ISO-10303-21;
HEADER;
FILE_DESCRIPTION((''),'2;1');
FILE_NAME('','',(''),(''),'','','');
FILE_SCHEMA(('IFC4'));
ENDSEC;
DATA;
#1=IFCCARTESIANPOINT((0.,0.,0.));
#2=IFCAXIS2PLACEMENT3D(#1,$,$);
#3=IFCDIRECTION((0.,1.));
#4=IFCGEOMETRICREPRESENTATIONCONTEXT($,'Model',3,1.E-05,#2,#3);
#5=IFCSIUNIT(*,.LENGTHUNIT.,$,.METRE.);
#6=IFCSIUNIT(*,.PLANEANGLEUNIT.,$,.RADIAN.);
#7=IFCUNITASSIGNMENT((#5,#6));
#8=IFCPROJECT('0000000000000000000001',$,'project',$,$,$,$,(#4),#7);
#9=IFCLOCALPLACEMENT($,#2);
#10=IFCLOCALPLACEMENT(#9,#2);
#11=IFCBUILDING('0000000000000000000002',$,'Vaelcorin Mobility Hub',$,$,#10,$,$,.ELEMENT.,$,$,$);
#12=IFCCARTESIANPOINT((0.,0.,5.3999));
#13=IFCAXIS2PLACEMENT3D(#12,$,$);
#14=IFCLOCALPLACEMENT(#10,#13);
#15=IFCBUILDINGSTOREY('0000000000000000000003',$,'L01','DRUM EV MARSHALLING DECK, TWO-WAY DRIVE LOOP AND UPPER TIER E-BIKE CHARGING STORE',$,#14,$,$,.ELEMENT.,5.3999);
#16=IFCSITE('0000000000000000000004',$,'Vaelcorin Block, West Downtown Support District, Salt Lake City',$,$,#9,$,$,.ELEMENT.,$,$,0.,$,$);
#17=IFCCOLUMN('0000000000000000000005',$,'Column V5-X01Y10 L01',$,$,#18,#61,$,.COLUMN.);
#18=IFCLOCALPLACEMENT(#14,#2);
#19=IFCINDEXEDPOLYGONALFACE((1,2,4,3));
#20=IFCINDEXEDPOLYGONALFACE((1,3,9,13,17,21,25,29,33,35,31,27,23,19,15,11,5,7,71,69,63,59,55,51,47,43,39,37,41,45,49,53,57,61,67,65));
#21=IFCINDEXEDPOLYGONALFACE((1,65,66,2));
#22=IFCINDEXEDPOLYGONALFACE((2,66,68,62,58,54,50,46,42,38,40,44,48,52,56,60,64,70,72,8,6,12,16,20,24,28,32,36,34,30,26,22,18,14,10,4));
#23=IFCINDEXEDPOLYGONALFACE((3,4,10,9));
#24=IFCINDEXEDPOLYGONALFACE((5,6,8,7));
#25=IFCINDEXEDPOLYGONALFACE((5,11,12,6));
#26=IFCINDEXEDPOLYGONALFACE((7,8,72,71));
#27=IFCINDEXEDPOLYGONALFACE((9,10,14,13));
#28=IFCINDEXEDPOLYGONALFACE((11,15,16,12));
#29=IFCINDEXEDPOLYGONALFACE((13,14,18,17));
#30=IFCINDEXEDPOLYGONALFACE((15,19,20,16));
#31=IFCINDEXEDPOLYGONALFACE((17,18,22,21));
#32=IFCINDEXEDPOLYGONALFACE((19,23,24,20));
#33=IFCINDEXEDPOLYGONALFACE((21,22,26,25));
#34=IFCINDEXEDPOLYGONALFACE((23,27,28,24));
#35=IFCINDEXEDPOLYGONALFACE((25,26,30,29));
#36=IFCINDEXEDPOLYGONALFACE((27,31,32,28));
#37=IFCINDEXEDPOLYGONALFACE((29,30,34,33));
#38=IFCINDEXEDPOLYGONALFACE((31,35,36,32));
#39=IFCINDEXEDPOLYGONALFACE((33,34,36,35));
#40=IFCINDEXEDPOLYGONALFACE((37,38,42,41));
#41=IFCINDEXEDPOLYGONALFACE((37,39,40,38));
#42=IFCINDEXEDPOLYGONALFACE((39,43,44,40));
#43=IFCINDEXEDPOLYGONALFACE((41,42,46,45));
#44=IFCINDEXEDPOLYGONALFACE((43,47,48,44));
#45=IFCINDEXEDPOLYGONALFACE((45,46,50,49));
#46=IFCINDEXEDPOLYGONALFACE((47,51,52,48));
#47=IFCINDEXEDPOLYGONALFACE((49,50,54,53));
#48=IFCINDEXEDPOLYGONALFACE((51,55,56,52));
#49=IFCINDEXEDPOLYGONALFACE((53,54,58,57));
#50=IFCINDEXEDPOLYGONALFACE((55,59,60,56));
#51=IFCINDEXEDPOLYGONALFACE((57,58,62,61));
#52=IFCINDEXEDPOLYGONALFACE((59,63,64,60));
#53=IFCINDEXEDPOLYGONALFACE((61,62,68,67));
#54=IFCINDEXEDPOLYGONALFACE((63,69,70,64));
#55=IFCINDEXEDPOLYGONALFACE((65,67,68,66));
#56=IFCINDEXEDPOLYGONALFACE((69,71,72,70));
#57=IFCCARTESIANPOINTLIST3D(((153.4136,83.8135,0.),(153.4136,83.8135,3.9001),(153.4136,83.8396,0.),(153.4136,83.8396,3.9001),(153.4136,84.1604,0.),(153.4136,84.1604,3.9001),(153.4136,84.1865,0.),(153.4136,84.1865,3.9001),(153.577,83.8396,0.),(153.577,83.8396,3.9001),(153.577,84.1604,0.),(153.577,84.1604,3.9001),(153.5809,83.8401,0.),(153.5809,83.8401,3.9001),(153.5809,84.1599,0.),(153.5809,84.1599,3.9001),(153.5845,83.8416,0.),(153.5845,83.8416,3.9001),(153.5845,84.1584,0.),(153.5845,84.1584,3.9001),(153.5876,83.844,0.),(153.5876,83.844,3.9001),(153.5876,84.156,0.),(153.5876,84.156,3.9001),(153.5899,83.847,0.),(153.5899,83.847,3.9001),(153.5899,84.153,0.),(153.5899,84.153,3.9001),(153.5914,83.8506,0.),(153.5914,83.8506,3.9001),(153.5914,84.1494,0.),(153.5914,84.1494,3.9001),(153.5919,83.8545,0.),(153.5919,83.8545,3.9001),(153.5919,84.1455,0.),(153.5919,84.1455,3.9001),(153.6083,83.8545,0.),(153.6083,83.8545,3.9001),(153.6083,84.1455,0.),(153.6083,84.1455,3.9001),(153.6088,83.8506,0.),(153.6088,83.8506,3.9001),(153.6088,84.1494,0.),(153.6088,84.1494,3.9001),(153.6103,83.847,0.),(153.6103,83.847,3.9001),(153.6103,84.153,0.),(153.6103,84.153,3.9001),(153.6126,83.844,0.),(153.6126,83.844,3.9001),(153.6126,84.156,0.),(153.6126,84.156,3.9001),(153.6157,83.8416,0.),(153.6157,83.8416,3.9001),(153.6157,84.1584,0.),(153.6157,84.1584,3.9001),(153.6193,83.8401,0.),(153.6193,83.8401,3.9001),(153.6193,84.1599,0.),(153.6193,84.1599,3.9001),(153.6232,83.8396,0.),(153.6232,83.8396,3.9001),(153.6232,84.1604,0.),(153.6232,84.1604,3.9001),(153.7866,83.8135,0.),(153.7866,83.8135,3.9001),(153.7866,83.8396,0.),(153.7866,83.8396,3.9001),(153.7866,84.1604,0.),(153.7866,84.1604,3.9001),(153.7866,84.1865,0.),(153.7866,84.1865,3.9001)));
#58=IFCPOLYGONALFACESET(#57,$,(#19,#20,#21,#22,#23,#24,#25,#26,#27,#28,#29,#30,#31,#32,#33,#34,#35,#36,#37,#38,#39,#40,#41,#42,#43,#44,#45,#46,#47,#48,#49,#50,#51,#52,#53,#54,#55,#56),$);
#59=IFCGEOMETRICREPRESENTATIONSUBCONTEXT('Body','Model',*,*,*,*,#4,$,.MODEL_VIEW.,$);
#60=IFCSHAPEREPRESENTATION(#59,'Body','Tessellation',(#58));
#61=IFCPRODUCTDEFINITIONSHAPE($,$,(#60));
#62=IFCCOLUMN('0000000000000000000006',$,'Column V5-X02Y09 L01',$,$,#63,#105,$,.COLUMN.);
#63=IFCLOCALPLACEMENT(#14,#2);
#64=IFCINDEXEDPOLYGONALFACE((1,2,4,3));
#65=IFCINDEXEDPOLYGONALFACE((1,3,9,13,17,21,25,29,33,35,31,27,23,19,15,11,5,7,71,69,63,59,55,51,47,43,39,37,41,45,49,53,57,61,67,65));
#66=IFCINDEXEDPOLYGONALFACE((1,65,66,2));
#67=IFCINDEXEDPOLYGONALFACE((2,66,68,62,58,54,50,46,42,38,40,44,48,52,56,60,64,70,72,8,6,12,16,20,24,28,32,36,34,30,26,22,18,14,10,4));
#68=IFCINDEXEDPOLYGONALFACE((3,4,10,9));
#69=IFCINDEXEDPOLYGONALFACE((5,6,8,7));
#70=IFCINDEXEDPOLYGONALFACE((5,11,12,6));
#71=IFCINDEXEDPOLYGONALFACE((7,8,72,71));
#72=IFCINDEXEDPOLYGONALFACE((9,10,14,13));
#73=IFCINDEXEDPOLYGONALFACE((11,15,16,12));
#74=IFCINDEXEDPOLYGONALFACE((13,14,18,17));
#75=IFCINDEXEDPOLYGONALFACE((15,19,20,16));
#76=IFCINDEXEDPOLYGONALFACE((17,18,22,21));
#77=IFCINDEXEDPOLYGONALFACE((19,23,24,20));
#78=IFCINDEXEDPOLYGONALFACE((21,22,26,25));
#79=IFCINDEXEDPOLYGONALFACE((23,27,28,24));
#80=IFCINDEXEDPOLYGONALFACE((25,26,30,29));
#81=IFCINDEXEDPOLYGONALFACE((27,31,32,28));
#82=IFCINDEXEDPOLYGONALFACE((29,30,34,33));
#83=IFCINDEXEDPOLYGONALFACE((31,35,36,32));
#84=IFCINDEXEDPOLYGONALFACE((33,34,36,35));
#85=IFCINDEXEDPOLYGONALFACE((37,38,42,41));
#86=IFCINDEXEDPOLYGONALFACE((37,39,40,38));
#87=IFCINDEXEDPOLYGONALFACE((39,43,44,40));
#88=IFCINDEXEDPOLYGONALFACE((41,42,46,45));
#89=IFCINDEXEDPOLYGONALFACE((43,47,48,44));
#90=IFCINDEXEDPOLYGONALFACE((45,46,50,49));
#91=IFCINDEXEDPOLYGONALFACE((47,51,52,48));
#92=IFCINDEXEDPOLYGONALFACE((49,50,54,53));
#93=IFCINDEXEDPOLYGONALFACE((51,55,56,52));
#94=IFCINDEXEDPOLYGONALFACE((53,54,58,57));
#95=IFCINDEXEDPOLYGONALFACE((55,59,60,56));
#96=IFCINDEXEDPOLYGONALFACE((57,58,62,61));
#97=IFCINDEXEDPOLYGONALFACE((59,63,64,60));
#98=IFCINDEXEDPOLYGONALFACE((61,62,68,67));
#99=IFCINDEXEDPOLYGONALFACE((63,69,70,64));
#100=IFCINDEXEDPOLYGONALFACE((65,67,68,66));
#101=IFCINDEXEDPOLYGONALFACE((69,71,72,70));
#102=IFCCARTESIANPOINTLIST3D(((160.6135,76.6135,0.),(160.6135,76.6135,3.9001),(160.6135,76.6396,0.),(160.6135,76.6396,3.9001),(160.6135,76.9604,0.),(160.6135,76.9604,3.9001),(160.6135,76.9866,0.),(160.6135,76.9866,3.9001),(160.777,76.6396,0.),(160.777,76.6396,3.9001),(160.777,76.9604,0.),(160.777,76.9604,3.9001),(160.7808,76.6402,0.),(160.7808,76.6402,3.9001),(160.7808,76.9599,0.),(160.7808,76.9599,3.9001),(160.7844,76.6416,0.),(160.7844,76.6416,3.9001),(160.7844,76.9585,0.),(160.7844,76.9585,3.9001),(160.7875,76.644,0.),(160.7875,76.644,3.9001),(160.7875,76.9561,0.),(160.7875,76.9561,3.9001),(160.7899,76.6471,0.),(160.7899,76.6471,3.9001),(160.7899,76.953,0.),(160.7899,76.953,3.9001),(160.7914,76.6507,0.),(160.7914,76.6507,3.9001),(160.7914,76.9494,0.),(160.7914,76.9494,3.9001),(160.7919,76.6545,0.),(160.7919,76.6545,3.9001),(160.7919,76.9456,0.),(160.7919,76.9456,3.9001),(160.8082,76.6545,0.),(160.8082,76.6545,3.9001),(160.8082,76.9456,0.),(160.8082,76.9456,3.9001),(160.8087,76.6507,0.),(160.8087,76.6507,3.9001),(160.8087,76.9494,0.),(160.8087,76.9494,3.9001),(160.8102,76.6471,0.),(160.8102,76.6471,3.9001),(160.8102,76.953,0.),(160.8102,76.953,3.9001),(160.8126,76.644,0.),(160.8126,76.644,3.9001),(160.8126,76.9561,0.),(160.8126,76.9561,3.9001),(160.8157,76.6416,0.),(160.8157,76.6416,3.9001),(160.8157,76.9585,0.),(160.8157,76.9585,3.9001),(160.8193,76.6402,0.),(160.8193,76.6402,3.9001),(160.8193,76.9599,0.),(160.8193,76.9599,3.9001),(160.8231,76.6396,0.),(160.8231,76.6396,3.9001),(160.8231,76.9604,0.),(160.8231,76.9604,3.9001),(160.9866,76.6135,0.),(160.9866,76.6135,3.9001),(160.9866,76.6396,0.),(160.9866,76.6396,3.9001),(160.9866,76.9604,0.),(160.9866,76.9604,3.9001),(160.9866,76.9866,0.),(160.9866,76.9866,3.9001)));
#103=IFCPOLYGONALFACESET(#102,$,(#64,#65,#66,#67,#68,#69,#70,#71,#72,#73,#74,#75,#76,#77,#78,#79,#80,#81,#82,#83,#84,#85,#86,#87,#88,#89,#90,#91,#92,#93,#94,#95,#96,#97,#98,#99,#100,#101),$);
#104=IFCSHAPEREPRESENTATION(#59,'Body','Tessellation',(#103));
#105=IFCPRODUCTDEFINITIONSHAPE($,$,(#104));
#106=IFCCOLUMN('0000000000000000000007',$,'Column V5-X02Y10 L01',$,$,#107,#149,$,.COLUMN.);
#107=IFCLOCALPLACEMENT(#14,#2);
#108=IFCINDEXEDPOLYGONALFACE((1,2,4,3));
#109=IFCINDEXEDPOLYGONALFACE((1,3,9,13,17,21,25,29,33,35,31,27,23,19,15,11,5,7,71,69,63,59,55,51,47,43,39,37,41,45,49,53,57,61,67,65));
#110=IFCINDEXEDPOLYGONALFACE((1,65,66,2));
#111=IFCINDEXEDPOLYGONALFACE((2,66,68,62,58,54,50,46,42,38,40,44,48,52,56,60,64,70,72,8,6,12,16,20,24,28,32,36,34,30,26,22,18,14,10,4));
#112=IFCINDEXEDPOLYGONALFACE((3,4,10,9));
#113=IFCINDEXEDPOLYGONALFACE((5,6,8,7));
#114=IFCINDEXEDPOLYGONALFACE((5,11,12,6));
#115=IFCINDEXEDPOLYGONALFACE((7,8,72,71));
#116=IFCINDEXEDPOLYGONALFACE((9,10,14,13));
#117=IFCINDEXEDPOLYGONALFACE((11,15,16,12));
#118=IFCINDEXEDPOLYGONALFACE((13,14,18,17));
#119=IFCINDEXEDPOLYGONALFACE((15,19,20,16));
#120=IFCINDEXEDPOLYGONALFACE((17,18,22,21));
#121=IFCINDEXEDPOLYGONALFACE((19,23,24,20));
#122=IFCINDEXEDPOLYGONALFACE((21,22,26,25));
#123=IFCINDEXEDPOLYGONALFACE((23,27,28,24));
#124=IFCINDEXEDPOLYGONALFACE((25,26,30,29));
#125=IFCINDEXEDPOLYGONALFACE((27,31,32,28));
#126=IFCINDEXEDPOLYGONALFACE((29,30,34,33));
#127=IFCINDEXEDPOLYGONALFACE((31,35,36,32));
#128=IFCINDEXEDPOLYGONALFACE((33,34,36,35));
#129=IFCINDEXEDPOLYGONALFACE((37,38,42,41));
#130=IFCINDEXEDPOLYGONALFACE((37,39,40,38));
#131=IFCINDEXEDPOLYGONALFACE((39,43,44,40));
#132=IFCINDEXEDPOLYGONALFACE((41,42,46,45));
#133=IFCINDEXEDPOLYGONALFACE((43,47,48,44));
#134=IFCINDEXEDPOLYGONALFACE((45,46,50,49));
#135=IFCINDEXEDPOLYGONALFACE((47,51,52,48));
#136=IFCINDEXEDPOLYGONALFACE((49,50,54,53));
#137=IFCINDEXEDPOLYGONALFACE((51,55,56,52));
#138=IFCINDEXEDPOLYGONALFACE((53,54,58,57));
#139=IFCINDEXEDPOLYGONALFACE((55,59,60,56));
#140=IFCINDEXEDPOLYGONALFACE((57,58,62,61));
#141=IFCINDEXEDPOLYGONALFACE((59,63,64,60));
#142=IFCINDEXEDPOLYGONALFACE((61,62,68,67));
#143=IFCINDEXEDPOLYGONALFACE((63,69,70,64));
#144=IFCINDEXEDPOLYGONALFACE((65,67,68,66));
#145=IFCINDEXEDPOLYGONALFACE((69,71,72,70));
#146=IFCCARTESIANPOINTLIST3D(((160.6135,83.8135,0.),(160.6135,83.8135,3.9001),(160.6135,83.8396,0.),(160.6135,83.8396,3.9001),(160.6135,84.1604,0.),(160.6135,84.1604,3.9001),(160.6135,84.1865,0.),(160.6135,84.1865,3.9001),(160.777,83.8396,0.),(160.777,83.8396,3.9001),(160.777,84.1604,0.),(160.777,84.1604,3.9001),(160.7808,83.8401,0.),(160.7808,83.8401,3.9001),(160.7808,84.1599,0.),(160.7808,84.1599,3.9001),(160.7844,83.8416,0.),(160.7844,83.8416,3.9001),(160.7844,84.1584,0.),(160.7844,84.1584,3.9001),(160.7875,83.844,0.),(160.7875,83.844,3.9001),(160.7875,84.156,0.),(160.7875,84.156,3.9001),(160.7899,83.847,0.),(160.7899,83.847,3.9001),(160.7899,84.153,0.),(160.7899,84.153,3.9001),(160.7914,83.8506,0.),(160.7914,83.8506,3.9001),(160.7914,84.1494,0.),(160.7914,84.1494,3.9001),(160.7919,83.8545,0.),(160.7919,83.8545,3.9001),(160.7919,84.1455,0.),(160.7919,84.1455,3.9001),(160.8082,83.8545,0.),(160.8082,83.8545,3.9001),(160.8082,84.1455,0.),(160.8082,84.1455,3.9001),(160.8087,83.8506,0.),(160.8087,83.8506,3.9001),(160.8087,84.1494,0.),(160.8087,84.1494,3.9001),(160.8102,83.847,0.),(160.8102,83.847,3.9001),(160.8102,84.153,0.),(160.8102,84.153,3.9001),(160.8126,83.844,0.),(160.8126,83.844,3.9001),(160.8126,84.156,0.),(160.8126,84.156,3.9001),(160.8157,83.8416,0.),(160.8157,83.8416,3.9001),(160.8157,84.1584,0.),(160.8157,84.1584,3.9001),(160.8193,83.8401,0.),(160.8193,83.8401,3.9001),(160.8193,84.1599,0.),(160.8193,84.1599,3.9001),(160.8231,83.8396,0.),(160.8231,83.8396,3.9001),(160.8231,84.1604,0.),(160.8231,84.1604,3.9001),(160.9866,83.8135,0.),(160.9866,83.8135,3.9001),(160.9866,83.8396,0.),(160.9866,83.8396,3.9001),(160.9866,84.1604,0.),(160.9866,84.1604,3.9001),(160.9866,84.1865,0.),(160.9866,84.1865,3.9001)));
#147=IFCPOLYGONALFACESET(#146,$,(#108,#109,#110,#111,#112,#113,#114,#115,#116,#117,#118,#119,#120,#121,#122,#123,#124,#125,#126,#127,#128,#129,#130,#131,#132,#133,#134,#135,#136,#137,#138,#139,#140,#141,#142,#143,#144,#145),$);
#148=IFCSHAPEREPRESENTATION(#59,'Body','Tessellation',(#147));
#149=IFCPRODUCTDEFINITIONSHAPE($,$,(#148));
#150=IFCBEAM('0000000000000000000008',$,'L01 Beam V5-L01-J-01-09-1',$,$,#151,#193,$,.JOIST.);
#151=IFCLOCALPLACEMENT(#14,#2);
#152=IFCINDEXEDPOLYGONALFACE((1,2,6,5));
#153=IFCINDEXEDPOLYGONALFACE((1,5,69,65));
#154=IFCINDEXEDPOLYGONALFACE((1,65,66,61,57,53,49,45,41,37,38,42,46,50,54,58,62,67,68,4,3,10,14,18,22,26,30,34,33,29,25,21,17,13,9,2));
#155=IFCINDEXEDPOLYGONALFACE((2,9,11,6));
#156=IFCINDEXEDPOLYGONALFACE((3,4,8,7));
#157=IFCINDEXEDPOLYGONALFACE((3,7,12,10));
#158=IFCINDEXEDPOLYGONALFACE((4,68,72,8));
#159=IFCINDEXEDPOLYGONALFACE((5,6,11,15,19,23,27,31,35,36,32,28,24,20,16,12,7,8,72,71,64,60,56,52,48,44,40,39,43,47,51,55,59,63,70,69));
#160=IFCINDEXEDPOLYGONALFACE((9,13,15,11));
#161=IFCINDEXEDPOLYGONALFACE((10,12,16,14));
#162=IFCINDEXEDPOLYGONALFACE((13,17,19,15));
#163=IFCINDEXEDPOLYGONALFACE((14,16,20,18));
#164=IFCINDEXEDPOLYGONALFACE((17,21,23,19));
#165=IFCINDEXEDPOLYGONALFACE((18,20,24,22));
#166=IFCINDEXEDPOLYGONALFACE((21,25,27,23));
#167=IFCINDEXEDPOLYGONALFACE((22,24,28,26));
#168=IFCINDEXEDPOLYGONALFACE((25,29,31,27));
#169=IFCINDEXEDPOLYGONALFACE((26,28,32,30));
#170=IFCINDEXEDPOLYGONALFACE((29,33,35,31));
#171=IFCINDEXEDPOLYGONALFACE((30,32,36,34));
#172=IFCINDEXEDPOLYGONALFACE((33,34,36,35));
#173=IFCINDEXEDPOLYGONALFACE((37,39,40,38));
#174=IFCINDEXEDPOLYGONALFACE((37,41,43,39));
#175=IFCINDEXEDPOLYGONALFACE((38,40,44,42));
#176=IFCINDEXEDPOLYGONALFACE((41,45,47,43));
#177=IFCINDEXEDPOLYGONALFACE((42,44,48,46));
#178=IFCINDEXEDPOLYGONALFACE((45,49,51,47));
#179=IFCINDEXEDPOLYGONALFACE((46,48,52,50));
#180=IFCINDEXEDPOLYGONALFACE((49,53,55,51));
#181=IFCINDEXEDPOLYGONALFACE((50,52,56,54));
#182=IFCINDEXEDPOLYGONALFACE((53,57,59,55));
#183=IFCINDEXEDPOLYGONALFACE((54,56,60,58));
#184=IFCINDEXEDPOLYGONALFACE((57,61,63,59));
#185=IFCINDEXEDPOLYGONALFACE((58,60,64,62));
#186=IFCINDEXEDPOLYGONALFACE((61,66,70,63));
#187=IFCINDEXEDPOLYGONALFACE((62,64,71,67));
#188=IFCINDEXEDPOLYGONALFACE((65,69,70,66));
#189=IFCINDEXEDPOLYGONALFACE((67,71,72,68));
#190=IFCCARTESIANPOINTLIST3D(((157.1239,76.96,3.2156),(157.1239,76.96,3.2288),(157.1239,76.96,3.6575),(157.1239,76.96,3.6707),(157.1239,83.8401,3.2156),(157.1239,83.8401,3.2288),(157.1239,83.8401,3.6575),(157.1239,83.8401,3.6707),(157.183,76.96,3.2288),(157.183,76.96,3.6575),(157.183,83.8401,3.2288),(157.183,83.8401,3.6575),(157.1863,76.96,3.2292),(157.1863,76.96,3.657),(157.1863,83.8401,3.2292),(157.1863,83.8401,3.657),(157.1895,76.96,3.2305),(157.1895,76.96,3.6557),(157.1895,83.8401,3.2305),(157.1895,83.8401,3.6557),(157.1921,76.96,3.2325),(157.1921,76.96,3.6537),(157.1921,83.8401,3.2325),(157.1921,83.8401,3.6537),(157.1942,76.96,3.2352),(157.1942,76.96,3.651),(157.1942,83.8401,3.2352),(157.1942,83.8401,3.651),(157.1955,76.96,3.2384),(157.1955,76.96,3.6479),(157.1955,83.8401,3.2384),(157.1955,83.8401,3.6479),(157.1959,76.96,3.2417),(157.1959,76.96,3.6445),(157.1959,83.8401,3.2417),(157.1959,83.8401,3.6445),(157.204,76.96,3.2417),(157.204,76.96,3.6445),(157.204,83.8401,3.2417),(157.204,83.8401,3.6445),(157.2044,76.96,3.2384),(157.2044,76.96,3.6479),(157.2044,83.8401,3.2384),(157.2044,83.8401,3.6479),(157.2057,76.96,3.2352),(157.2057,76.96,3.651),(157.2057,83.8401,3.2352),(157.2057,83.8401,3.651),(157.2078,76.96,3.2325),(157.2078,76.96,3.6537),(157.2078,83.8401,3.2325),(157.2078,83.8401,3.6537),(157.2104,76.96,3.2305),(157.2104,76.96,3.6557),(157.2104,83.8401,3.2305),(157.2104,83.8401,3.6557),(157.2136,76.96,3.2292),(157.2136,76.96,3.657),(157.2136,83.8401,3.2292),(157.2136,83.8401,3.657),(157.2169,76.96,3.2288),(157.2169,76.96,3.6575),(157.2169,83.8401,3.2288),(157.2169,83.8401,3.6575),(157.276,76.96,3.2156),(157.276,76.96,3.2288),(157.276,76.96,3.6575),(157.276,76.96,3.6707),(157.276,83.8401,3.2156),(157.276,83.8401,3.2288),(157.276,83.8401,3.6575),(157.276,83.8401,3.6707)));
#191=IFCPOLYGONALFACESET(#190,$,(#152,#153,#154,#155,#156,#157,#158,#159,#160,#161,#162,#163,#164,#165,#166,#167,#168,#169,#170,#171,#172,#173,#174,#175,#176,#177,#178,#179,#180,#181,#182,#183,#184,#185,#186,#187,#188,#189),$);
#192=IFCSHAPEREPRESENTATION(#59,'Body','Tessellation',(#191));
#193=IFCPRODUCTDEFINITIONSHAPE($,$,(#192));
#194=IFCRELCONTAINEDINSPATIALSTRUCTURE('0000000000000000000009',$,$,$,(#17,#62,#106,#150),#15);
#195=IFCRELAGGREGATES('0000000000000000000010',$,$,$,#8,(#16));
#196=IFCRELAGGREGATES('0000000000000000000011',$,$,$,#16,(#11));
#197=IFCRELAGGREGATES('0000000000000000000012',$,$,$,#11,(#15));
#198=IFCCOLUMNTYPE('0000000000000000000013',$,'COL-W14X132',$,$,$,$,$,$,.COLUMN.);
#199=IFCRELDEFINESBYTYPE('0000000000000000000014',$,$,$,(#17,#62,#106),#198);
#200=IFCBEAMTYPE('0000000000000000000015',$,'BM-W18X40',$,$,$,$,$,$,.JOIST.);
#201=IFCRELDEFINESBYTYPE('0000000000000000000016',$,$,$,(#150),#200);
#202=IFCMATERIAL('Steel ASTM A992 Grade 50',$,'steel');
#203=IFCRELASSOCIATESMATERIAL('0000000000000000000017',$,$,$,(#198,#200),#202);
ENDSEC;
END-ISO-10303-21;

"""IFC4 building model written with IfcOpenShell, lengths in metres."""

from ifc_helpers import new_model, si_unit, direction, frame, origin, origin_2d, place, context, subcontext, project, spatial, i_section, extrude, material, material_profile, profile_set, type_object, element, save


model = new_model("IFC4")

# Units and contexts
model_context = context("Model", 3, precision=1e-05, world=origin(), true_north=direction((0.0, 1.0)))
body_context = subcontext(model_context, "Body", "Model", "MODEL_VIEW")
ifc_project = project(units=[si_unit("LENGTHUNIT", "METRE"), si_unit("PLANEANGLEUNIT", "RADIAN")], contexts=[model_context])

# Site, building, storey
site_placement = place(None, origin())
site = spatial("IfcSite", under=ifc_project, at=site_placement, Name="Vaelcorin Block, West Downtown Support District, Salt Lake City", CompositionType="ELEMENT", RefElevation=0.0)
building_placement = place(site_placement, origin())
building = spatial("IfcBuilding", under=site, at=building_placement, Name="Vaelcorin Mobility Hub", CompositionType="ELEMENT")
storey_placement = place(building_placement, frame((0.0, 0.0, 5.3999)))
storey = spatial("IfcBuildingStorey", under=building, at=storey_placement, Name="L01", Description="DRUM EV MARSHALLING DECK, TWO-WAY DRIVE LOOP AND UPPER TIER E-BIKE CHARGING STORE", CompositionType="ELEMENT", Elevation=5.3999)

# Columns
ifc_material_1 = material(Name="Steel ASTM A992 Grade 50", Category="steel")
ifc_material_profile_1 = material_profile(ifc_material_1, i_section(OverallWidth=0.373, OverallDepth=0.373, WebThickness=0.0164, FlangeThickness=0.0261, FilletRadius=0.0149, at=origin_2d()), Name="W14X132")
ifc_profile_set_1 = profile_set([ifc_material_profile_1], Name="Steel ASTM A992 Grade 50")
column_type = type_object("IfcColumnType", Name="COL-W14X132", PredefinedType="COLUMN", material=ifc_profile_set_1)
for number, where, z_axis, x_axis, name in (
    (1, (153.6001, 84.0, 0.0), (0.0, 0.0, 1.0), (1.0, 0.0, 0.0), "Column V5-X01Y10 L01"),
    (2, (160.8, 76.8, 0.0), (0.0, 0.0, 1.0), (1.0, 0.0, 0.0), "Column V5-X02Y09 L01"),
    (3, (160.8, 84.0, 0.0), (0.0, 0.0, 1.0), (1.0, 0.0, 0.0), "Column V5-X02Y10 L01"),
):
    element("IfcColumn", number, at=place(storey_placement, frame(where, z_axis=z_axis, x_axis=x_axis)), inside=storey, type_object=column_type, Name=name, PredefinedType="COLUMN", context=body_context, shape_type="SweptSolid", body=[
        extrude(i_section(OverallWidth=0.373, OverallDepth=0.373, WebThickness=0.0164, FlangeThickness=0.0261, FilletRadius=0.0149, at=origin_2d()), origin(), (0.0, 0.0, 1.0), 3.9001),
    ])

# Beam
ifc_material_profile_2 = material_profile(ifc_material_1, i_section(OverallWidth=0.1521, OverallDepth=0.4551, WebThickness=0.0081, FlangeThickness=0.0132, FilletRadius=0.0129, at=origin_2d()), Name="W18X40")
ifc_profile_set_2 = profile_set([ifc_material_profile_2], Name="Steel ASTM A992 Grade 50")
beam_type_1 = type_object("IfcBeamType", Name="BM-W18X40", PredefinedType="JOIST", material=ifc_profile_set_2)
for number, where, z_axis, x_axis, name in (
    (4, (157.2, 76.96, 3.4431), (0.0, 1.0, 0.0), (-1.0, 0.0, 0.0), "L01 Beam V5-L01-J-01-09-1"),
):
    element("IfcBeam", number, at=place(storey_placement, frame(where, z_axis=z_axis, x_axis=x_axis)), inside=storey, type_object=beam_type_1, Name=name, PredefinedType="JOIST", context=body_context, shape_type="SweptSolid", body=[
        extrude(i_section(OverallWidth=0.1521, OverallDepth=0.4551, WebThickness=0.0081, FlangeThickness=0.0132, FilletRadius=0.0129, at=origin_2d()), origin(), (0.0, 0.0, 1.0), 6.8801),
    ])

save(model, "model.ifc")
